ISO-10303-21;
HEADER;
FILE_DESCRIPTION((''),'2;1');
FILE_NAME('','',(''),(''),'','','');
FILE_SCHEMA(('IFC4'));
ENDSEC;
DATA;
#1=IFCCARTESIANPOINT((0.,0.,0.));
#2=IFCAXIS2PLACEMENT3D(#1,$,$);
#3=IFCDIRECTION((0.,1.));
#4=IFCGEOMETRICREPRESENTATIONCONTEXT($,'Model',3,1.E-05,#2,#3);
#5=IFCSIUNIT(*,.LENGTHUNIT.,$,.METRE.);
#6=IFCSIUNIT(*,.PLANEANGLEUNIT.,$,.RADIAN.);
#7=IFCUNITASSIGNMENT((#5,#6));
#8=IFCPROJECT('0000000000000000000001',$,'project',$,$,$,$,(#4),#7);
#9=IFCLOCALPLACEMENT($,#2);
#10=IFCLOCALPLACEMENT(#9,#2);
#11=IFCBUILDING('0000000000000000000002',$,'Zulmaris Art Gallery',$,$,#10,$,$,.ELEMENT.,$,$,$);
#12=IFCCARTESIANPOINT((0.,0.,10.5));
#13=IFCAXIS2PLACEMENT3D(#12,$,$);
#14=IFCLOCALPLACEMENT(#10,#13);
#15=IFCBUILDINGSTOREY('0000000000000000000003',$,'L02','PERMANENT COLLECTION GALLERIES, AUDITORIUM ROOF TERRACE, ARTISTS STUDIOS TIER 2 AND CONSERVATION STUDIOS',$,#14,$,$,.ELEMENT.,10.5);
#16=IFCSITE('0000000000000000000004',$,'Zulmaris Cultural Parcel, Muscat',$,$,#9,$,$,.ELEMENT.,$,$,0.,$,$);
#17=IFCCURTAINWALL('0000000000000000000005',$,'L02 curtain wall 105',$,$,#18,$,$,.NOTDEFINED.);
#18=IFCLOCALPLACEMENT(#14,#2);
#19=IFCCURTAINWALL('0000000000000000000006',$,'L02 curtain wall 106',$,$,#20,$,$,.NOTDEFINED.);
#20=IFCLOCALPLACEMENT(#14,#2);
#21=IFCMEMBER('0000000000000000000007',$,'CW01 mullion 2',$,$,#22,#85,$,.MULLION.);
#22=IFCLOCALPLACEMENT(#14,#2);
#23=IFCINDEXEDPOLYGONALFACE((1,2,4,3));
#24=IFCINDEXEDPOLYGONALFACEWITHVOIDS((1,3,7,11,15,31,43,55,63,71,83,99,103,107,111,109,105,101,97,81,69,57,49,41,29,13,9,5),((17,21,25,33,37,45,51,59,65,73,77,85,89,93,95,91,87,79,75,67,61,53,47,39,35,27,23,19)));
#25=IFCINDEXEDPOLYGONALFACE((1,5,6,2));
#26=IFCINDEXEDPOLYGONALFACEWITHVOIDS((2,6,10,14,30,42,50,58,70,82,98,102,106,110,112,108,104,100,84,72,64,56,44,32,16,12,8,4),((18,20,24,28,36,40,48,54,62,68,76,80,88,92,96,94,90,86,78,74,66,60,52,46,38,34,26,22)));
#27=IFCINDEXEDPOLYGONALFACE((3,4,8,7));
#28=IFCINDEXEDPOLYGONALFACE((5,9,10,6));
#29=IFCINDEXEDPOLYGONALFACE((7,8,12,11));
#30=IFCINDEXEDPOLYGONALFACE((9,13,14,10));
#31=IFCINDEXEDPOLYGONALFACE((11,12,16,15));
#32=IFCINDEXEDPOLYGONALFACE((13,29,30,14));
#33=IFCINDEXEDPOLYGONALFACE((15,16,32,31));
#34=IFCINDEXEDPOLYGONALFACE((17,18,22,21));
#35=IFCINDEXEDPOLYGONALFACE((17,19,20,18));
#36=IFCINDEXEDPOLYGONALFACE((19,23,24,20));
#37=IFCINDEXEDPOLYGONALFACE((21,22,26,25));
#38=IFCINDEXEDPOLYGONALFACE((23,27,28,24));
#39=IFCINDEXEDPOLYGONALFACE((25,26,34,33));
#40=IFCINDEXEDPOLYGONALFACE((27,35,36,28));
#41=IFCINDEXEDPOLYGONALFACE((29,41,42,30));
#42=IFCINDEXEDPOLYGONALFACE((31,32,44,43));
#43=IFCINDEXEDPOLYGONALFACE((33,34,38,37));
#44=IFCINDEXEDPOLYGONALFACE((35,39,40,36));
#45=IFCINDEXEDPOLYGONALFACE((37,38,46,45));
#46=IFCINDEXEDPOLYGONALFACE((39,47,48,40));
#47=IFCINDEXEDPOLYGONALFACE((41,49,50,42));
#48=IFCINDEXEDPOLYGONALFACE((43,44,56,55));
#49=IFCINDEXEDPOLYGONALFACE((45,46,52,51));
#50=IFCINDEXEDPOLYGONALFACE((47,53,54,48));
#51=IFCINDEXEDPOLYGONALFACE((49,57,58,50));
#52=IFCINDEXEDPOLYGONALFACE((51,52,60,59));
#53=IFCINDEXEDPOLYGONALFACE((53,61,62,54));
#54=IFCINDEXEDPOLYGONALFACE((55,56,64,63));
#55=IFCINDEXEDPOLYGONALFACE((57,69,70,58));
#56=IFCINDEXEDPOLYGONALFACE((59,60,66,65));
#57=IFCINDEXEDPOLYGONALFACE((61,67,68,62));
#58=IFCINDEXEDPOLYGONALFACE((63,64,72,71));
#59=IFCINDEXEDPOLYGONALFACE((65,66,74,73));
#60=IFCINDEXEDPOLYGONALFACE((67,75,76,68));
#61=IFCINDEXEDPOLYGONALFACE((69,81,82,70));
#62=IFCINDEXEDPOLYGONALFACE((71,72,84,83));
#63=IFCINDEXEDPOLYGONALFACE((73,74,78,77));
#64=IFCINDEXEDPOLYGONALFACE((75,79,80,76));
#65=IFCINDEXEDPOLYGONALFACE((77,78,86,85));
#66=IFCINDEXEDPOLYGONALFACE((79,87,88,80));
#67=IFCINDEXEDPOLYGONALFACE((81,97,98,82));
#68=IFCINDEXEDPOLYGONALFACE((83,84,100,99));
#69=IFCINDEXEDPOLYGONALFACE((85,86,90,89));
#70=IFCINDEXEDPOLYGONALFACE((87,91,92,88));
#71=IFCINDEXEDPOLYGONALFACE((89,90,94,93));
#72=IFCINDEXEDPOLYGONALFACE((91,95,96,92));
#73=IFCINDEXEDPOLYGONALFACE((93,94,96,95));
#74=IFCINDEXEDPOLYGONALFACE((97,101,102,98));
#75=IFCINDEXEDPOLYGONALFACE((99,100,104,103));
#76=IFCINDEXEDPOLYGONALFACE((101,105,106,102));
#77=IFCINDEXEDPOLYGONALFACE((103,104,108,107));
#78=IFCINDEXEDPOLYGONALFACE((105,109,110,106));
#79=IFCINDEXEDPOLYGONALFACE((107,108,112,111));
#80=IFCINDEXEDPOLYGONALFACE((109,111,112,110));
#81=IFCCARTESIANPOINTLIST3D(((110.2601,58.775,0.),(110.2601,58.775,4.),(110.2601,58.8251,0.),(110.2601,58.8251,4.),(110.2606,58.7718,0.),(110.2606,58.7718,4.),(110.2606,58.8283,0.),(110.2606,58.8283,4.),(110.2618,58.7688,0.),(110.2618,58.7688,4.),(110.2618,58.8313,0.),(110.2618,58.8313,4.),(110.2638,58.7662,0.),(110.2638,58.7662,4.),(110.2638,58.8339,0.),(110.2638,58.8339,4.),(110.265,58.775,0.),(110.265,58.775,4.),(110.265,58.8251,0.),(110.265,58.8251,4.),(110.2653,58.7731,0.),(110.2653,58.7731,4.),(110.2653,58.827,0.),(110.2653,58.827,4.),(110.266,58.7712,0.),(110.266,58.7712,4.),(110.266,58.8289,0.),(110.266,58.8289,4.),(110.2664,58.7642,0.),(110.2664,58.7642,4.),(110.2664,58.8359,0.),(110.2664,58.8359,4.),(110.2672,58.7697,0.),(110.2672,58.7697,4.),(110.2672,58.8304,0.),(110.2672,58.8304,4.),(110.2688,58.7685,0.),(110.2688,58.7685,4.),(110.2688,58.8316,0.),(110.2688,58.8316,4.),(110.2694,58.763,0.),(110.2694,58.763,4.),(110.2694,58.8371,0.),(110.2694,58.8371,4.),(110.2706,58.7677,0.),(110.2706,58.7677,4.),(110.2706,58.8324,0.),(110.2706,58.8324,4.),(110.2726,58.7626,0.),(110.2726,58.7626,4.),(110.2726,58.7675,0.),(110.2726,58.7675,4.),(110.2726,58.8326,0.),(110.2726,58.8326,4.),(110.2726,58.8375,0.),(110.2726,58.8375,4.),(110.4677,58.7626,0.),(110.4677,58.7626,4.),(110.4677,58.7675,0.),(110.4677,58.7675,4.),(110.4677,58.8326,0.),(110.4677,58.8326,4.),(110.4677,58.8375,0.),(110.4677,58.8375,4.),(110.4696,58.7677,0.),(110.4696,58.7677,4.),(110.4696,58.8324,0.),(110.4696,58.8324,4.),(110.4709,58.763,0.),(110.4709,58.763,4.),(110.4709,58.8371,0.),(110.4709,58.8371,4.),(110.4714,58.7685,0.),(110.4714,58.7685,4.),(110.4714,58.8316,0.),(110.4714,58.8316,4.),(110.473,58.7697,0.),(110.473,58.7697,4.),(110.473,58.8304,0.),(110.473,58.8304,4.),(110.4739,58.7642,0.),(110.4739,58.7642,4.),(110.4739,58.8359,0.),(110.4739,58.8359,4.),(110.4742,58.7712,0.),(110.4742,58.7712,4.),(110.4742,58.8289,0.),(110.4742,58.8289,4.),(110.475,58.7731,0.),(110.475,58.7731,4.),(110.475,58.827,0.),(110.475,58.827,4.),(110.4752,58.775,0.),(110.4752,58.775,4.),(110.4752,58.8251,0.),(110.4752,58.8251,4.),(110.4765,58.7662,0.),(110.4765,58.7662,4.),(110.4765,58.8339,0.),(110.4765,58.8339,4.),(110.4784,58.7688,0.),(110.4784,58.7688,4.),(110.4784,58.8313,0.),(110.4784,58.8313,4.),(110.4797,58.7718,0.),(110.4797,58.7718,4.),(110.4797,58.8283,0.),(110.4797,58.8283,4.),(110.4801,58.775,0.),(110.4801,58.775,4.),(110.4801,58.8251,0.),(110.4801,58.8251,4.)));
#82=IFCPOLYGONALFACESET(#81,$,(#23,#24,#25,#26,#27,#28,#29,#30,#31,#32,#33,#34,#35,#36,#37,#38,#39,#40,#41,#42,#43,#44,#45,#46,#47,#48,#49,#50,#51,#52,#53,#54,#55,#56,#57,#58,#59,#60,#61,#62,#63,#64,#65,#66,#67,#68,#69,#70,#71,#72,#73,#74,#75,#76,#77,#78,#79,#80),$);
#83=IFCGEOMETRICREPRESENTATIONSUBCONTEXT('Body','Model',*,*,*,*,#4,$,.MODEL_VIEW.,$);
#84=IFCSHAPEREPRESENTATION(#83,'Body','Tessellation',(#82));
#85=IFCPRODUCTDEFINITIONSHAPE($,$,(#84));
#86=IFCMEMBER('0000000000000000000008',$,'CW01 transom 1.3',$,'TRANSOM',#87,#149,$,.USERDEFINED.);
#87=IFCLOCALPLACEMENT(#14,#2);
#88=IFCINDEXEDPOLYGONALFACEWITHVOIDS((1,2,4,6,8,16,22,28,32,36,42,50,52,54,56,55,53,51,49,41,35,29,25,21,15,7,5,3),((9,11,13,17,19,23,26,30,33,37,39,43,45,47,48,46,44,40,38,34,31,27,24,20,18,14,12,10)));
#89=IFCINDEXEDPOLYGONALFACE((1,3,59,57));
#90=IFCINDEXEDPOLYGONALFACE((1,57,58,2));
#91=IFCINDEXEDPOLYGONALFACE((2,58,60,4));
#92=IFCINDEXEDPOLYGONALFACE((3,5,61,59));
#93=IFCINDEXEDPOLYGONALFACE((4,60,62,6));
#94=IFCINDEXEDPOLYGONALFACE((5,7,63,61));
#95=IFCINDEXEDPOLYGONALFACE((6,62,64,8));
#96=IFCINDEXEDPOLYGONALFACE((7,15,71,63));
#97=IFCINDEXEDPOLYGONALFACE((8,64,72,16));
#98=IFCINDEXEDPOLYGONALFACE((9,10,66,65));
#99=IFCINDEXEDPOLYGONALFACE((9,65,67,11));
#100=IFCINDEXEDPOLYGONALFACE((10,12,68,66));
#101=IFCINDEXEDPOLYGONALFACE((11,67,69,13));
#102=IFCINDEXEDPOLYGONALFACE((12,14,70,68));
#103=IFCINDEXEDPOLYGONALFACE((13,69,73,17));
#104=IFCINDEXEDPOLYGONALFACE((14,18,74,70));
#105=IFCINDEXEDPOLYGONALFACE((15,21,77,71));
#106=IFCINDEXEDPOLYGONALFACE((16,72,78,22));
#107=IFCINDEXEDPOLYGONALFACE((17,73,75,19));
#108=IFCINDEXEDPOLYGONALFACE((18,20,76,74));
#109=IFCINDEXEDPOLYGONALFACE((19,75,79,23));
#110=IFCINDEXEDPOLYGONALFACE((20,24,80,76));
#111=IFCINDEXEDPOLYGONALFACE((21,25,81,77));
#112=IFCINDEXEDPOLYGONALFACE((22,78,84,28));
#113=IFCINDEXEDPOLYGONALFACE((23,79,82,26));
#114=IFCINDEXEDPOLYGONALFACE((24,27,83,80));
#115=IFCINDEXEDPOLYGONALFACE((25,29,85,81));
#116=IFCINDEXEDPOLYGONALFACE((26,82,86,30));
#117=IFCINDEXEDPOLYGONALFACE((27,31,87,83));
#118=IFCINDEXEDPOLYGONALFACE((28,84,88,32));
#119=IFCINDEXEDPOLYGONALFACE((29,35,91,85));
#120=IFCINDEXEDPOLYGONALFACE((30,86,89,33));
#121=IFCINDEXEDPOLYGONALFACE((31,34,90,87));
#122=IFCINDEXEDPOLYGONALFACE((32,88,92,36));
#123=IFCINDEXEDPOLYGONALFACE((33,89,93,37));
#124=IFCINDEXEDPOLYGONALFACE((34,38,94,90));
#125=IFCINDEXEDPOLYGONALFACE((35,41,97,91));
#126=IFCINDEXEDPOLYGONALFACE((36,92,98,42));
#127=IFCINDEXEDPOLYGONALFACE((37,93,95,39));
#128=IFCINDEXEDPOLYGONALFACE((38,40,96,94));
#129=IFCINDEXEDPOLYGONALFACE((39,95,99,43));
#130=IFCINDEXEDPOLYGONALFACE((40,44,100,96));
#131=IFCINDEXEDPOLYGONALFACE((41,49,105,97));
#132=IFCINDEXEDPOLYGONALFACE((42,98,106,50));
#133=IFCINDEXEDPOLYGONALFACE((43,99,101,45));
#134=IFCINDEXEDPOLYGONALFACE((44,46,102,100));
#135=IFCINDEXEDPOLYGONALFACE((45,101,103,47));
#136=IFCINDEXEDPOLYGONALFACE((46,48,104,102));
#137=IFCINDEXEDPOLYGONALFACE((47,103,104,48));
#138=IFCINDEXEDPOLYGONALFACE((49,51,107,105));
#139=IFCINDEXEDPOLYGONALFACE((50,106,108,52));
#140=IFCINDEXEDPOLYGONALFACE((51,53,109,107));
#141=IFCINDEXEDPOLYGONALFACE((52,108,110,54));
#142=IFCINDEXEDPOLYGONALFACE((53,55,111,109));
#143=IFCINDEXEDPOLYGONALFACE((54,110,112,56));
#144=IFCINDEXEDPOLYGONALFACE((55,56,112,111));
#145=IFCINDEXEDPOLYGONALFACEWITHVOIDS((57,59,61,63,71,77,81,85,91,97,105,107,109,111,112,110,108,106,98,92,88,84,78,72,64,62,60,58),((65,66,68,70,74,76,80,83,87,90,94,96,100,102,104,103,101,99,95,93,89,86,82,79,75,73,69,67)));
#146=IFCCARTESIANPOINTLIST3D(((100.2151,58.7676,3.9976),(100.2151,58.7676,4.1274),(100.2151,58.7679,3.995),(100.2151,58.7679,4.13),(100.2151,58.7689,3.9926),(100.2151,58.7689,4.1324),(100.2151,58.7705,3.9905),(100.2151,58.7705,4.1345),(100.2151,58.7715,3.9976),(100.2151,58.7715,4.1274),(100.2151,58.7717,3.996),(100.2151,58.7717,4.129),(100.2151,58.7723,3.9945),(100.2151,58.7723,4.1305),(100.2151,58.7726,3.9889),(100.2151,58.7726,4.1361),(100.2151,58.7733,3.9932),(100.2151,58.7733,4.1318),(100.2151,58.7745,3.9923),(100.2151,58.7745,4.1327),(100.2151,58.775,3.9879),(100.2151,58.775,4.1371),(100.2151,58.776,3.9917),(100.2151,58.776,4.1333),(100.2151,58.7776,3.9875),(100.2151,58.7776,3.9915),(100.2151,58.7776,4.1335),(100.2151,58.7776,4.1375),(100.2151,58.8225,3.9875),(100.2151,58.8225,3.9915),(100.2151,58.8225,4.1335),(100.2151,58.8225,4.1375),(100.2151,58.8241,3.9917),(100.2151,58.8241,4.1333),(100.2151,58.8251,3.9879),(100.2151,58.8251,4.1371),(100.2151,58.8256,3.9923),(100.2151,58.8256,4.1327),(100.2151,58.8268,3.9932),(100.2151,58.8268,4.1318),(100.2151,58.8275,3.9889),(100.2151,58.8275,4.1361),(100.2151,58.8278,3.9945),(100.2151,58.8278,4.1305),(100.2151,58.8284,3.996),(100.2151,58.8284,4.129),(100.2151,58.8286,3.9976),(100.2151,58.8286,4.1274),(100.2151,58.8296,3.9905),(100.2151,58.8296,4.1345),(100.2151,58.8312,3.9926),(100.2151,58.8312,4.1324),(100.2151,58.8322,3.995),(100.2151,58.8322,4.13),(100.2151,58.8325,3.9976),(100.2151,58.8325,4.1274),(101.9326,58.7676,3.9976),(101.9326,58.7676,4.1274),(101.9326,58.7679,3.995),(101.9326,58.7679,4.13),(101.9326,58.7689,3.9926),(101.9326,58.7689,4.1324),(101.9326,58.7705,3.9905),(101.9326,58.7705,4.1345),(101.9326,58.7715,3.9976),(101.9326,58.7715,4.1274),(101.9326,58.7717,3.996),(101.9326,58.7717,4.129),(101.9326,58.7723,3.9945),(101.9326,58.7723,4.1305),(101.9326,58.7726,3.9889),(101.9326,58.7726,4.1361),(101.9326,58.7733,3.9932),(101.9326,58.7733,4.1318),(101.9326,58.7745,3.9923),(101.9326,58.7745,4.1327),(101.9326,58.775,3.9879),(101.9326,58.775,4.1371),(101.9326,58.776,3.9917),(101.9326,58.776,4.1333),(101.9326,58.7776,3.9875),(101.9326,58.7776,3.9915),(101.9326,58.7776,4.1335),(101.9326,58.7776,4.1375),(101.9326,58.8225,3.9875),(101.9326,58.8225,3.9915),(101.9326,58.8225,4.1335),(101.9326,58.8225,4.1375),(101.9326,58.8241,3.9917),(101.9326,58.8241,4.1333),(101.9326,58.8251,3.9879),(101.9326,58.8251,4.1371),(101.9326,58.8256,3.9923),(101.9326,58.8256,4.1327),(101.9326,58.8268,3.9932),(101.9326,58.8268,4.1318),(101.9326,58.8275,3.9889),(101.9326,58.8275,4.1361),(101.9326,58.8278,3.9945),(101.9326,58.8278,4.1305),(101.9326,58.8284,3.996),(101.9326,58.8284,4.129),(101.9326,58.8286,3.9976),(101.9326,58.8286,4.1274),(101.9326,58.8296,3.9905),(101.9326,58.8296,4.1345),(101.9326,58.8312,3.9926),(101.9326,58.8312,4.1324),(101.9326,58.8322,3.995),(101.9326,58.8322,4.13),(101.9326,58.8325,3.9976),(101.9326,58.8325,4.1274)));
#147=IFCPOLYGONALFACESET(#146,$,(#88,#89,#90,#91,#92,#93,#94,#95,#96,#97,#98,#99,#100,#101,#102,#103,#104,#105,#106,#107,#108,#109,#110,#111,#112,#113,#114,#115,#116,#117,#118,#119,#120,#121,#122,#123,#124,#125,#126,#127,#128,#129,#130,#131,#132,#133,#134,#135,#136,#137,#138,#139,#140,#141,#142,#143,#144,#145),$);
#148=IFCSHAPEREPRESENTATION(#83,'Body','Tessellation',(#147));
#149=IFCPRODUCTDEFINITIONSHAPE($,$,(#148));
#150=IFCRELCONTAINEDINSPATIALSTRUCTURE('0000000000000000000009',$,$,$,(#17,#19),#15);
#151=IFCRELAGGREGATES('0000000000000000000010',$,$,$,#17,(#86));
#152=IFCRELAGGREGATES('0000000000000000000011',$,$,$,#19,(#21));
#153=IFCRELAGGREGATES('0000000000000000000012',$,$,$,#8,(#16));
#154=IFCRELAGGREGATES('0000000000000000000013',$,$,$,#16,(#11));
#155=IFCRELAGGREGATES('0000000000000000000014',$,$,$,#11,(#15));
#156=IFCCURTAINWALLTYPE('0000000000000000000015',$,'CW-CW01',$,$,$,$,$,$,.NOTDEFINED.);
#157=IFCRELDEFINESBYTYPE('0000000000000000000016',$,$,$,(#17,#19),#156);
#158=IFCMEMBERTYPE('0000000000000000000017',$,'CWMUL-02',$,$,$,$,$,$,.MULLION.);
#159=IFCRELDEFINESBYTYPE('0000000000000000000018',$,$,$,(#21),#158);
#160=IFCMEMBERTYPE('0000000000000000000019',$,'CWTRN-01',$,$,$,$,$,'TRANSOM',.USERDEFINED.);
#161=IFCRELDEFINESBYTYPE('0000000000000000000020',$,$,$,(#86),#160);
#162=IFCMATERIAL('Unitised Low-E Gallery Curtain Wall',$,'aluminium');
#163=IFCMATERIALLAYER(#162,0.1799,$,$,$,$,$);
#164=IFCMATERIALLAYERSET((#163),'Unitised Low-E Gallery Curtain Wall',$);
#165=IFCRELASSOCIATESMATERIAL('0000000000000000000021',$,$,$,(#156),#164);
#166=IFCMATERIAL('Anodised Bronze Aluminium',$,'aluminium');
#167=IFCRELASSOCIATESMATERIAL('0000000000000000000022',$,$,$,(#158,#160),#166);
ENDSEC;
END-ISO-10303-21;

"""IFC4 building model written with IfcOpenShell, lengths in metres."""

from ifc_helpers import new_model, si_unit, direction, frame, origin, origin_2d, place, context, subcontext, project, spatial, hollow_rectangle, extrude, material, layer, layer_set, material_profile, profile_set, type_object, element, aggregate, save


model = new_model("IFC4")

# Units and contexts
model_context = context("Model", 3, precision=1e-05, world=origin(), true_north=direction((0.0, 1.0)))
body_context = subcontext(model_context, "Body", "Model", "MODEL_VIEW")
ifc_project = project(units=[si_unit("LENGTHUNIT", "METRE"), si_unit("PLANEANGLEUNIT", "RADIAN")], contexts=[model_context])

# Site, building, storey
site_placement = place(None, origin())
site = spatial("IfcSite", under=ifc_project, at=site_placement, Name="Zulmaris Cultural Parcel, Muscat", CompositionType="ELEMENT", RefElevation=0.0)
building_placement = place(site_placement, origin())
building = spatial("IfcBuilding", under=site, at=building_placement, Name="Zulmaris Art Gallery", CompositionType="ELEMENT")
storey_placement = place(building_placement, frame((0.0, 0.0, 10.5)))
storey = spatial("IfcBuildingStorey", under=building, at=storey_placement, Name="L02", Description="PERMANENT COLLECTION GALLERIES, AUDITORIUM ROOF TERRACE, ARTISTS STUDIOS TIER 2 AND CONSERVATION STUDIOS", CompositionType="ELEMENT", Elevation=10.5)

# Curtain walls, member
ifc_material_1 = material(Name="Unitised Low-E Gallery Curtain Wall", Category="aluminium")
ifc_layer_1 = layer(ifc_material_1, 0.1799)
ifc_layer_set_1 = layer_set([ifc_layer_1], Name="Unitised Low-E Gallery Curtain Wall")
curtain_wall_type = type_object("IfcCurtainWallType", Name="CW-CW01", PredefinedType="NOTDEFINED", material=ifc_layer_set_1)
curtain_wall_1_placement = place(storey_placement, origin())
curtain_wall_1 = element("IfcCurtainWall", 1, at=curtain_wall_1_placement, inside=storey, type_object=curtain_wall_type, Name="L02 curtain wall 105", PredefinedType="NOTDEFINED")
ifc_material_2 = material(Name="Anodised Bronze Aluminium", Category="aluminium")
ifc_material_profile_1 = material_profile(ifc_material_2, hollow_rectangle(XDim=0.075, YDim=0.22, WallThickness=0.0049, InnerFilletRadius=0.0076, OuterFilletRadius=0.0125, at=origin_2d()), Name="ALU 75x220x5")
ifc_profile_set_1 = profile_set([ifc_material_profile_1], Name="Anodised Bronze Aluminium")
member_type_1 = type_object("IfcMemberType", Name="CWMUL-02", PredefinedType="MULLION", material=ifc_profile_set_1)
curtain_wall_2_placement = place(storey_placement, origin())
curtain_wall_2 = element("IfcCurtainWall", 2, at=curtain_wall_2_placement, inside=storey, type_object=curtain_wall_type, Name="L02 curtain wall 106", PredefinedType="NOTDEFINED")
member_1_placement = place(storey_placement, frame((110.3701, 58.8, 0.0), z_axis=(0.0, 0.0, 1.0), x_axis=(0.0, 1.0, 0.0)))
member_1 = element("IfcMember", 3, at=member_1_placement, type_object=member_type_1, Name="CW01 mullion 2", PredefinedType="MULLION", context=body_context, shape_type="SweptSolid", body=[
    extrude(hollow_rectangle(XDim=0.075, YDim=0.22, WallThickness=0.0049, InnerFilletRadius=0.0076, OuterFilletRadius=0.0125, at=origin_2d()), origin(), (0.0, 0.0, 1.0), 4.0),
])

# Member
ifc_material_profile_2 = material_profile(ifc_material_2, hollow_rectangle(XDim=0.0649, YDim=0.1499, WallThickness=0.0039, InnerFilletRadius=0.0061, OuterFilletRadius=0.01, at=origin_2d()), Name="ALU 65x150x4")
ifc_profile_set_2 = profile_set([ifc_material_profile_2], Name="Anodised Bronze Aluminium")
member_type_2 = type_object("IfcMemberType", Name="CWTRN-01", ElementType="TRANSOM", PredefinedType="USERDEFINED", material=ifc_profile_set_2)
member_2_placement = place(storey_placement, frame((100.2151, 58.8, 4.0625), z_axis=(1.0, 0.0, 0.0), x_axis=(0.0, 1.0, 0.0)))
member_2 = element("IfcMember", 4, at=member_2_placement, type_object=member_type_2, Name="CW01 transom 1.3", ObjectType="TRANSOM", PredefinedType="USERDEFINED", context=body_context, shape_type="SweptSolid", body=[
    extrude(hollow_rectangle(XDim=0.0649, YDim=0.1499, WallThickness=0.0039, InnerFilletRadius=0.0061, OuterFilletRadius=0.01, at=origin_2d()), origin(), (0.0, 0.0, 1.0), 1.7175),
])

aggregate(curtain_wall_1, [member_2])
aggregate(curtain_wall_2, [member_1])

save(model, "model.ifc")
